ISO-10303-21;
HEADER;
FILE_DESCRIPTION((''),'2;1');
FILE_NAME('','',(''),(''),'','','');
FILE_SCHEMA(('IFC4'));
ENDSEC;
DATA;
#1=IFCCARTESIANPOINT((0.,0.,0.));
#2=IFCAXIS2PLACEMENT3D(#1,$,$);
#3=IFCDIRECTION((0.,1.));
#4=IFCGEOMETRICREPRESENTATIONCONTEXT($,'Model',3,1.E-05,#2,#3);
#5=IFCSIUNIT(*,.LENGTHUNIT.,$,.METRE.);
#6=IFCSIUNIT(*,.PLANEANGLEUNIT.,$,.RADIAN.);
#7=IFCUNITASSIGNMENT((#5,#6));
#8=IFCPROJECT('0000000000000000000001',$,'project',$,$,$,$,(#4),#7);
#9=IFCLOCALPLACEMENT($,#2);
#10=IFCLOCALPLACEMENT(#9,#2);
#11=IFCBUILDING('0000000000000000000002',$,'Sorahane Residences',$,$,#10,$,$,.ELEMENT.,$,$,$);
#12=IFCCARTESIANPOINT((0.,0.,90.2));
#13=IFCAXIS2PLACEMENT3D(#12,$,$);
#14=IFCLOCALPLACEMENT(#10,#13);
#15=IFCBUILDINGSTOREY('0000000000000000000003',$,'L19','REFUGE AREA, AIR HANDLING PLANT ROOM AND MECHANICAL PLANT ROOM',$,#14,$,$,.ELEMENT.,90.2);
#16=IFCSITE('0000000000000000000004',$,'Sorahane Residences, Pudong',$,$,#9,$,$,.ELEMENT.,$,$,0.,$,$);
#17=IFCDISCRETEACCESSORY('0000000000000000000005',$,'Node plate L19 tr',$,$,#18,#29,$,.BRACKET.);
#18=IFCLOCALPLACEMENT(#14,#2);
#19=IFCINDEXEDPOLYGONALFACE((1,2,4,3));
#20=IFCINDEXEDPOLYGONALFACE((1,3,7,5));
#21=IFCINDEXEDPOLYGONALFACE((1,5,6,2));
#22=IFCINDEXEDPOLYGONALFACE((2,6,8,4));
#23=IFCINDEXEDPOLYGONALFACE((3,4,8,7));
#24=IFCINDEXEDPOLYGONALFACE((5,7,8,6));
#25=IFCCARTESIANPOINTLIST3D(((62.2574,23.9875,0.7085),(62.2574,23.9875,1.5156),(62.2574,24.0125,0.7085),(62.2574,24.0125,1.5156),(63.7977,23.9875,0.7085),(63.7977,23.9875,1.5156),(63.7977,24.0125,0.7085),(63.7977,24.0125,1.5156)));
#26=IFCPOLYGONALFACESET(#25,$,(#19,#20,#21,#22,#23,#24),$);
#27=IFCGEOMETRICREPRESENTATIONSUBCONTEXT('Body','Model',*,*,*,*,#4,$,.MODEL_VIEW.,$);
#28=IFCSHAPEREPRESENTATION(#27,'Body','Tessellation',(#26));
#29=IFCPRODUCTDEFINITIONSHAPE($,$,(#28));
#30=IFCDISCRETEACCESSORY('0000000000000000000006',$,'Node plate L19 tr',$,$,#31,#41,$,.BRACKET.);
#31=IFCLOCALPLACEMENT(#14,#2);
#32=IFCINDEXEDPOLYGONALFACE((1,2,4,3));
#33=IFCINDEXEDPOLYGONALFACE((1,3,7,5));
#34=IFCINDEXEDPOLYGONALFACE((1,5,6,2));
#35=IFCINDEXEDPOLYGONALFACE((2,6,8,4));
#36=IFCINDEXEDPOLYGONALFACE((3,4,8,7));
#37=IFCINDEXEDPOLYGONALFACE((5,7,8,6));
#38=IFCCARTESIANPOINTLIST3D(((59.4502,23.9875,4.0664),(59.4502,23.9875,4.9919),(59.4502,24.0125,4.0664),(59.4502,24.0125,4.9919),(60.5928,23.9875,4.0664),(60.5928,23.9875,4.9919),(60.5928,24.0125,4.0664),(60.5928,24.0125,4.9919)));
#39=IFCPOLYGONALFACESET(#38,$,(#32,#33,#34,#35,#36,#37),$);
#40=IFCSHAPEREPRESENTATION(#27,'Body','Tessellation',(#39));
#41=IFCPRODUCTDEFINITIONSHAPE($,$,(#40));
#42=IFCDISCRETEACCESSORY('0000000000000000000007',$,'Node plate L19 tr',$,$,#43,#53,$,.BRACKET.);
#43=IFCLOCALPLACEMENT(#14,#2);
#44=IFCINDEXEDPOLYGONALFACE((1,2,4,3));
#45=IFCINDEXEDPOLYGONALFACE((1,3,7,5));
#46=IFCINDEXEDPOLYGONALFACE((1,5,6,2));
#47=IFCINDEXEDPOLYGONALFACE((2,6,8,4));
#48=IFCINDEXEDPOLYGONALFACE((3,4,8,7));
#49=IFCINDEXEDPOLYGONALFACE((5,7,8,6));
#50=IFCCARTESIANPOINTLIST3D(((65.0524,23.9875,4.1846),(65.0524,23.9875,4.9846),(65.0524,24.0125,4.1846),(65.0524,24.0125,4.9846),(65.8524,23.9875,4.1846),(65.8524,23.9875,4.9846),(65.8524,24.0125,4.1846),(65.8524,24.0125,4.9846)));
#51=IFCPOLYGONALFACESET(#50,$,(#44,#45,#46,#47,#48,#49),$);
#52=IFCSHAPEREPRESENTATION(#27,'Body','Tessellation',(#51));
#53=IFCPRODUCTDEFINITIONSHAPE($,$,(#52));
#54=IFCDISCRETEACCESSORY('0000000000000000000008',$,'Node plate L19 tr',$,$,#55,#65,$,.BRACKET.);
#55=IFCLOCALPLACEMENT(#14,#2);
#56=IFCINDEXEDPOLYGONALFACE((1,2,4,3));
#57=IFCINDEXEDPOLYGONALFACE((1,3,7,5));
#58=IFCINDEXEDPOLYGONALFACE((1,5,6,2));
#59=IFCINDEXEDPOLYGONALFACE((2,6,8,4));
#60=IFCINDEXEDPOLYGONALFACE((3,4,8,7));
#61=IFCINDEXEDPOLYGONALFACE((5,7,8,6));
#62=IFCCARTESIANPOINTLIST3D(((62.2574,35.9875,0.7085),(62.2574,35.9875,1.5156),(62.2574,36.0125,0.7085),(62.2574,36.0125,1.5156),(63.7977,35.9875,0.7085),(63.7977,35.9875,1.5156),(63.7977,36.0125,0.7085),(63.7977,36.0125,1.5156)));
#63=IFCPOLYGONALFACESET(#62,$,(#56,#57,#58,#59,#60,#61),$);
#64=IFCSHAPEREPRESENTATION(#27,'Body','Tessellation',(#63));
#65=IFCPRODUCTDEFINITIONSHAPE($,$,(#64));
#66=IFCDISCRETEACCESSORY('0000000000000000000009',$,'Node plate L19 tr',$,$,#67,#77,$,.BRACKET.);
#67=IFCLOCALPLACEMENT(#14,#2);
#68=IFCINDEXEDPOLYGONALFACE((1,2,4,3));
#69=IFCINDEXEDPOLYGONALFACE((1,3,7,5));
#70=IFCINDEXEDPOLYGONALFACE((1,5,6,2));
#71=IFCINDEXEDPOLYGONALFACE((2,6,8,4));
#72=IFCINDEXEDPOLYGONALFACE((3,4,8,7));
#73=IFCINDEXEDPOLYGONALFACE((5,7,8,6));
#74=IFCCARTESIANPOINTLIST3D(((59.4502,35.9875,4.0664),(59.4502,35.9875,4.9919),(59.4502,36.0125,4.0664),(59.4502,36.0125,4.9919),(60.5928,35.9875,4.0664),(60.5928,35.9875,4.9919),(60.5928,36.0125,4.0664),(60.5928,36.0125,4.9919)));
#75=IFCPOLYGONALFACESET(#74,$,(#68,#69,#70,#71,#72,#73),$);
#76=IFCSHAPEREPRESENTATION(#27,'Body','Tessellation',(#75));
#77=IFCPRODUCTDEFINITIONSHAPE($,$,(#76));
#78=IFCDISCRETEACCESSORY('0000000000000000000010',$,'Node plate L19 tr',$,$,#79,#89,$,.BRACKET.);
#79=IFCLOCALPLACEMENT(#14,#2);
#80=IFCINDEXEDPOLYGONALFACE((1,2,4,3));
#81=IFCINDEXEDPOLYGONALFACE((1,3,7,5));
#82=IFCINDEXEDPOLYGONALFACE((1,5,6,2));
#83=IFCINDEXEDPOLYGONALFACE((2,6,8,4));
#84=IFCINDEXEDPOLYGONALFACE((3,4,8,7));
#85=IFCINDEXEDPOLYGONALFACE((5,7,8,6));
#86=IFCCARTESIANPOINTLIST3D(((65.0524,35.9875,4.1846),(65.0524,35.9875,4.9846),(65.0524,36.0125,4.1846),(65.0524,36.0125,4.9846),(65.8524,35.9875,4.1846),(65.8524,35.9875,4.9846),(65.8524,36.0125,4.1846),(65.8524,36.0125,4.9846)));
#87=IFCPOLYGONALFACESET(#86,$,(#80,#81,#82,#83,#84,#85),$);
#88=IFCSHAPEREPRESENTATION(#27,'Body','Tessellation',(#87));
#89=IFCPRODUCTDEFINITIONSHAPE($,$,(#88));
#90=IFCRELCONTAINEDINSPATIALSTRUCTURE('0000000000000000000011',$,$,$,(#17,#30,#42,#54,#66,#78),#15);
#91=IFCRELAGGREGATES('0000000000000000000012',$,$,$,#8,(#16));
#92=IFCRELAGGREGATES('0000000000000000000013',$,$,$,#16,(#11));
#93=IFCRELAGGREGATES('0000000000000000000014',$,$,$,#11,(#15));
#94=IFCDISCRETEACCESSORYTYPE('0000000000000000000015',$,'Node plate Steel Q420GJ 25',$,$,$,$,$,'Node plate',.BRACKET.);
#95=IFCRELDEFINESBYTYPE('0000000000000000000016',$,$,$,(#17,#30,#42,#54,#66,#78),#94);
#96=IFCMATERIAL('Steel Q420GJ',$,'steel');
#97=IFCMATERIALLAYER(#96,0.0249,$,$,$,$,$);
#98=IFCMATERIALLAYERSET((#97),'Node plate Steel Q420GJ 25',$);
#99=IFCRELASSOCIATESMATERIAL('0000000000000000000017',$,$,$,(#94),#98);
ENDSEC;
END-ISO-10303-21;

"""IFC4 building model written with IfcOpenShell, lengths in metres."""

from ifc_helpers import new_model, si_unit, direction, frame, origin, origin_2d, place, context, subcontext, project, spatial, rectangle, extrude, material, layer, layer_set, type_object, element, save


model = new_model("IFC4")

# Units and contexts
model_context = context("Model", 3, precision=1e-05, world=origin(), true_north=direction((0.0, 1.0)))
body_context = subcontext(model_context, "Body", "Model", "MODEL_VIEW")
ifc_project = project(units=[si_unit("LENGTHUNIT", "METRE"), si_unit("PLANEANGLEUNIT", "RADIAN")], contexts=[model_context])

# Site, building, storey
site_placement = place(None, origin())
site = spatial("IfcSite", under=ifc_project, at=site_placement, Name="Sorahane Residences, Pudong", CompositionType="ELEMENT", RefElevation=0.0)
building_placement = place(site_placement, origin())
building = spatial("IfcBuilding", under=site, at=building_placement, Name="Sorahane Residences", CompositionType="ELEMENT")
storey_placement = place(building_placement, frame((0.0, 0.0, 90.2)))
storey = spatial("IfcBuildingStorey", under=building, at=storey_placement, Name="L19", Description="REFUGE AREA, AIR HANDLING PLANT ROOM AND MECHANICAL PLANT ROOM", CompositionType="ELEMENT", Elevation=90.2)

# Discrete accessories
ifc_material_1 = material(Name="Steel Q420GJ", Category="steel")
ifc_layer_1 = layer(ifc_material_1, 0.0249)
ifc_layer_set_1 = layer_set([ifc_layer_1], Name="Node plate Steel Q420GJ 25")
discrete_accessory_type_1 = type_object("IfcDiscreteAccessoryType", Name="Node plate Steel Q420GJ 25", ElementType="Node plate", PredefinedType="BRACKET", material=ifc_layer_set_1)
discrete_accessory_1_placement = place(storey_placement, frame((63.0276, 24.0, 0.7085), z_axis=(0.0, 0.0, 1.0), x_axis=(1.0, 0.0, 0.0)))
element("IfcDiscreteAccessory", 1, at=discrete_accessory_1_placement, inside=storey, type_object=discrete_accessory_type_1, Name="Node plate L19 tr", PredefinedType="BRACKET", context=body_context, shape_type="SweptSolid", body=[
    extrude(rectangle(XDim=1.5403, YDim=0.0249, at=origin_2d()), origin(), (0.0, 0.0, 1.0), 0.8071),
])
discrete_accessory_2_placement = place(storey_placement, frame((60.0215, 24.0, 4.0664), z_axis=(0.0, 0.0, 1.0), x_axis=(1.0, 0.0, 0.0)))
element("IfcDiscreteAccessory", 2, at=discrete_accessory_2_placement, inside=storey, type_object=discrete_accessory_type_1, Name="Node plate L19 tr", PredefinedType="BRACKET", context=body_context, shape_type="SweptSolid", body=[
    extrude(rectangle(XDim=1.1426, YDim=0.0249, at=origin_2d()), origin(), (0.0, 0.0, 1.0), 0.9255),
])
discrete_accessory_3_placement = place(storey_placement, frame((65.4524, 24.0, 4.1846), z_axis=(0.0, 0.0, 1.0), x_axis=(1.0, 0.0, 0.0)))
element("IfcDiscreteAccessory", 3, at=discrete_accessory_3_placement, inside=storey, type_object=discrete_accessory_type_1, Name="Node plate L19 tr", PredefinedType="BRACKET", context=body_context, shape_type="SweptSolid", body=[
    extrude(rectangle(XDim=0.8, YDim=0.0249, at=origin_2d()), origin(), (0.0, 0.0, 1.0), 0.8),
])
discrete_accessory_4_placement = place(storey_placement, frame((63.0276, 36.0, 0.7085), z_axis=(0.0, 0.0, 1.0), x_axis=(1.0, 0.0, 0.0)))
element("IfcDiscreteAccessory", 4, at=discrete_accessory_4_placement, inside=storey, type_object=discrete_accessory_type_1, Name="Node plate L19 tr", PredefinedType="BRACKET", context=body_context, shape_type="SweptSolid", body=[
    extrude(rectangle(XDim=1.5403, YDim=0.0249, at=origin_2d()), origin(), (0.0, 0.0, 1.0), 0.8071),
])
discrete_accessory_5_placement = place(storey_placement, frame((60.0215, 36.0, 4.0664), z_axis=(0.0, 0.0, 1.0), x_axis=(1.0, 0.0, 0.0)))
element("IfcDiscreteAccessory", 5, at=discrete_accessory_5_placement, inside=storey, type_object=discrete_accessory_type_1, Name="Node plate L19 tr", PredefinedType="BRACKET", context=body_context, shape_type="SweptSolid", body=[
    extrude(rectangle(XDim=1.1426, YDim=0.0249, at=origin_2d()), origin(), (0.0, 0.0, 1.0), 0.9255),
])
discrete_accessory_6_placement = place(storey_placement, frame((65.4524, 36.0, 4.1846), z_axis=(0.0, 0.0, 1.0), x_axis=(1.0, 0.0, 0.0)))
element("IfcDiscreteAccessory", 6, at=discrete_accessory_6_placement, inside=storey, type_object=discrete_accessory_type_1, Name="Node plate L19 tr", PredefinedType="BRACKET", context=body_context, shape_type="SweptSolid", body=[
    extrude(rectangle(XDim=0.8, YDim=0.0249, at=origin_2d()), origin(), (0.0, 0.0, 1.0), 0.8),
])

save(model, "model.ifc")
